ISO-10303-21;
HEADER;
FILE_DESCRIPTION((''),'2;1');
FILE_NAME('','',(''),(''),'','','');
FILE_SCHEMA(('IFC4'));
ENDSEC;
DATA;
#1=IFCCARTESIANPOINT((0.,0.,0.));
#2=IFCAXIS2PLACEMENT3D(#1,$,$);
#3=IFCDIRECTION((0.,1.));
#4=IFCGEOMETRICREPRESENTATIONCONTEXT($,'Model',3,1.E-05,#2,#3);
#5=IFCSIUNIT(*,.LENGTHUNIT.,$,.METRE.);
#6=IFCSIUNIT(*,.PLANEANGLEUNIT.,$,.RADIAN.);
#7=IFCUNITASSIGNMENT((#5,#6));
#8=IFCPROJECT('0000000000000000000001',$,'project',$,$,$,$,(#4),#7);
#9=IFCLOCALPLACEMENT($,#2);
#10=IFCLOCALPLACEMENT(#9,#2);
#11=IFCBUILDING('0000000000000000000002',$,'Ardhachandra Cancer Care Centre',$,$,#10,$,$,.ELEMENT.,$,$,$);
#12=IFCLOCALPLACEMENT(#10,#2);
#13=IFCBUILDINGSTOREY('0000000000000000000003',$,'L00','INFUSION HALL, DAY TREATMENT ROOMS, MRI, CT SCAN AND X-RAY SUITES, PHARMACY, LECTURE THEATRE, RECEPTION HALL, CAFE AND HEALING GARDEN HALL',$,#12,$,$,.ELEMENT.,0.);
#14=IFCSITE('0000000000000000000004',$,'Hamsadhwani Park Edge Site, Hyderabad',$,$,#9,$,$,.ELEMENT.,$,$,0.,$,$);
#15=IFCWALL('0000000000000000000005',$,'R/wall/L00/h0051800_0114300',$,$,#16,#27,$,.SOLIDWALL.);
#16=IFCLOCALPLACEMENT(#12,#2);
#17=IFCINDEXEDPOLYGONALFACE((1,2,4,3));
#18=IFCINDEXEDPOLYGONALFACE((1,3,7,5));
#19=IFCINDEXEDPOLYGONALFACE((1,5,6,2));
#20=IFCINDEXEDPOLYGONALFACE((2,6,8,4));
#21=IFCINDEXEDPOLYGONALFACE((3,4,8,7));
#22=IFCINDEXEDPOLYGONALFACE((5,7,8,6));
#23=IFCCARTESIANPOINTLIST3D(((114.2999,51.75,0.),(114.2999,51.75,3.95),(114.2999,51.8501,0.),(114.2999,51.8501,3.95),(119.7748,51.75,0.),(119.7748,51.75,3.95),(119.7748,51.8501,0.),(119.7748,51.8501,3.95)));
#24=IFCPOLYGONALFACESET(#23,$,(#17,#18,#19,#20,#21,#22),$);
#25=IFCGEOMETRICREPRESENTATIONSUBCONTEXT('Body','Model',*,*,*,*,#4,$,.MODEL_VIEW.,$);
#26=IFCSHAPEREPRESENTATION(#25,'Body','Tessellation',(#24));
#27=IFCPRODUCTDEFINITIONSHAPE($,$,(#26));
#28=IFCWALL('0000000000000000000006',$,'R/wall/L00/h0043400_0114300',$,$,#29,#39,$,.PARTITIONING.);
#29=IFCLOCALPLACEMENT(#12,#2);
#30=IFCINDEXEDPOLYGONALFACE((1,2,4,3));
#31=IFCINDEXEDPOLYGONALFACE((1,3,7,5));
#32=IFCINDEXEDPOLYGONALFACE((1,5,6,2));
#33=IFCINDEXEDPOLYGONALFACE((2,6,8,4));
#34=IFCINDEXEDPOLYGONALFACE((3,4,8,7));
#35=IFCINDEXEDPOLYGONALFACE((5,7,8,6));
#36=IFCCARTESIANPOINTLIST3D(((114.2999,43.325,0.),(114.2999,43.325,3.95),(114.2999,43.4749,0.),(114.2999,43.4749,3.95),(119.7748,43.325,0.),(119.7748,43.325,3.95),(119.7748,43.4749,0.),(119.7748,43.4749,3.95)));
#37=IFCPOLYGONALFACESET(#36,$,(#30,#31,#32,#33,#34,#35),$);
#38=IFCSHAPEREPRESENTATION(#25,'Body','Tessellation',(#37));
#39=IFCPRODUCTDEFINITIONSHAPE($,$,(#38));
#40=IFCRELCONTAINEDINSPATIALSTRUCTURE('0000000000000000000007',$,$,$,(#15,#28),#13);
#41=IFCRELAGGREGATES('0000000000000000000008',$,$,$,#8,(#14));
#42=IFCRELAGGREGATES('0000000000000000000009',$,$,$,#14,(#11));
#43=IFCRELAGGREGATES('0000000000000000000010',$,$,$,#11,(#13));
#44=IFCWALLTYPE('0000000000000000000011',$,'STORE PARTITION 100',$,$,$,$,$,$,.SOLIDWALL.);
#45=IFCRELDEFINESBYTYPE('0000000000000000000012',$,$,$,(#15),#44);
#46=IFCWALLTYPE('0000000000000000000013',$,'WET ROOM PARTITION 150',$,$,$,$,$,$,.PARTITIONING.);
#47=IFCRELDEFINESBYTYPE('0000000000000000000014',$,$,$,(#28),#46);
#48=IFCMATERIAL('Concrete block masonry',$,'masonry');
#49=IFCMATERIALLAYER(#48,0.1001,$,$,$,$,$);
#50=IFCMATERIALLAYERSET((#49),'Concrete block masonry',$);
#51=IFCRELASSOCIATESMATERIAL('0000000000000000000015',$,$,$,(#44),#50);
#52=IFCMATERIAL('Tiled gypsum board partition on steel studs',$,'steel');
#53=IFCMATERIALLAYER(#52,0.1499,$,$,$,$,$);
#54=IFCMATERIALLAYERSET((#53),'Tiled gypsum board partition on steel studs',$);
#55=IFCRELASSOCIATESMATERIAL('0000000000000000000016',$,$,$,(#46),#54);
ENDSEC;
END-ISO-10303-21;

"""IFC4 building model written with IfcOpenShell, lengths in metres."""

from ifc_helpers import new_model, si_unit, direction, frame, frame_2d, origin, place, context, subcontext, project, spatial, rectangle, extrude, material, layer, layer_set, type_object, element, save


model = new_model("IFC4")

# Units and contexts
model_context = context("Model", 3, precision=1e-05, world=origin(), true_north=direction((0.0, 1.0)))
body_context = subcontext(model_context, "Body", "Model", "MODEL_VIEW")
ifc_project = project(units=[si_unit("LENGTHUNIT", "METRE"), si_unit("PLANEANGLEUNIT", "RADIAN")], contexts=[model_context])

# Site, building, storey
site_placement = place(None, origin())
site = spatial("IfcSite", under=ifc_project, at=site_placement, Name="Hamsadhwani Park Edge Site, Hyderabad", CompositionType="ELEMENT", RefElevation=0.0)
building_placement = place(site_placement, origin())
building = spatial("IfcBuilding", under=site, at=building_placement, Name="Ardhachandra Cancer Care Centre", CompositionType="ELEMENT")
storey_placement = place(building_placement, origin())
storey = spatial("IfcBuildingStorey", under=building, at=storey_placement, Name="L00", Description="INFUSION HALL, DAY TREATMENT ROOMS, MRI, CT SCAN AND X-RAY SUITES, PHARMACY, LECTURE THEATRE, RECEPTION HALL, CAFE AND HEALING GARDEN HALL", CompositionType="ELEMENT", Elevation=0.0)

# Walls
ifc_material_1 = material(Name="Concrete block masonry", Category="masonry")
ifc_layer_1 = layer(ifc_material_1, 0.1001)
ifc_layer_set_1 = layer_set([ifc_layer_1], Name="Concrete block masonry")
wall_type_1 = type_object("IfcWallType", Name="STORE PARTITION 100", PredefinedType="SOLIDWALL", material=ifc_layer_set_1)
wall_1_placement = place(storey_placement, frame((114.3, 51.8, 0.0), z_axis=(0.0, 0.0, 1.0), x_axis=(1.0, 0.0, 0.0)))
element("IfcWall", 1, at=wall_1_placement, inside=storey, type_object=wall_type_1, Name="R/wall/L00/h0051800_0114300", PredefinedType="SOLIDWALL", context=body_context, shape_type="SweptSolid", body=[
    extrude(rectangle(XDim=5.4749, YDim=0.1001, at=frame_2d((2.7373, 0.0))), origin(), (0.0, 0.0, 1.0), 3.95),
])
ifc_material_2 = material(Name="Tiled gypsum board partition on steel studs", Category="steel")
ifc_layer_2 = layer(ifc_material_2, 0.1499)
ifc_layer_set_2 = layer_set([ifc_layer_2], Name="Tiled gypsum board partition on steel studs")
wall_type_2 = type_object("IfcWallType", Name="WET ROOM PARTITION 150", PredefinedType="PARTITIONING", material=ifc_layer_set_2)
wall_2_placement = place(storey_placement, frame((114.3, 43.3999, 0.0), z_axis=(0.0, 0.0, 1.0), x_axis=(1.0, 0.0, 0.0)))
element("IfcWall", 2, at=wall_2_placement, inside=storey, type_object=wall_type_2, Name="R/wall/L00/h0043400_0114300", PredefinedType="PARTITIONING", context=body_context, shape_type="SweptSolid", body=[
    extrude(rectangle(XDim=5.4749, YDim=0.1499, at=frame_2d((2.7373, 0.0))), origin(), (0.0, 0.0, 1.0), 3.95),
])

save(model, "model.ifc")
